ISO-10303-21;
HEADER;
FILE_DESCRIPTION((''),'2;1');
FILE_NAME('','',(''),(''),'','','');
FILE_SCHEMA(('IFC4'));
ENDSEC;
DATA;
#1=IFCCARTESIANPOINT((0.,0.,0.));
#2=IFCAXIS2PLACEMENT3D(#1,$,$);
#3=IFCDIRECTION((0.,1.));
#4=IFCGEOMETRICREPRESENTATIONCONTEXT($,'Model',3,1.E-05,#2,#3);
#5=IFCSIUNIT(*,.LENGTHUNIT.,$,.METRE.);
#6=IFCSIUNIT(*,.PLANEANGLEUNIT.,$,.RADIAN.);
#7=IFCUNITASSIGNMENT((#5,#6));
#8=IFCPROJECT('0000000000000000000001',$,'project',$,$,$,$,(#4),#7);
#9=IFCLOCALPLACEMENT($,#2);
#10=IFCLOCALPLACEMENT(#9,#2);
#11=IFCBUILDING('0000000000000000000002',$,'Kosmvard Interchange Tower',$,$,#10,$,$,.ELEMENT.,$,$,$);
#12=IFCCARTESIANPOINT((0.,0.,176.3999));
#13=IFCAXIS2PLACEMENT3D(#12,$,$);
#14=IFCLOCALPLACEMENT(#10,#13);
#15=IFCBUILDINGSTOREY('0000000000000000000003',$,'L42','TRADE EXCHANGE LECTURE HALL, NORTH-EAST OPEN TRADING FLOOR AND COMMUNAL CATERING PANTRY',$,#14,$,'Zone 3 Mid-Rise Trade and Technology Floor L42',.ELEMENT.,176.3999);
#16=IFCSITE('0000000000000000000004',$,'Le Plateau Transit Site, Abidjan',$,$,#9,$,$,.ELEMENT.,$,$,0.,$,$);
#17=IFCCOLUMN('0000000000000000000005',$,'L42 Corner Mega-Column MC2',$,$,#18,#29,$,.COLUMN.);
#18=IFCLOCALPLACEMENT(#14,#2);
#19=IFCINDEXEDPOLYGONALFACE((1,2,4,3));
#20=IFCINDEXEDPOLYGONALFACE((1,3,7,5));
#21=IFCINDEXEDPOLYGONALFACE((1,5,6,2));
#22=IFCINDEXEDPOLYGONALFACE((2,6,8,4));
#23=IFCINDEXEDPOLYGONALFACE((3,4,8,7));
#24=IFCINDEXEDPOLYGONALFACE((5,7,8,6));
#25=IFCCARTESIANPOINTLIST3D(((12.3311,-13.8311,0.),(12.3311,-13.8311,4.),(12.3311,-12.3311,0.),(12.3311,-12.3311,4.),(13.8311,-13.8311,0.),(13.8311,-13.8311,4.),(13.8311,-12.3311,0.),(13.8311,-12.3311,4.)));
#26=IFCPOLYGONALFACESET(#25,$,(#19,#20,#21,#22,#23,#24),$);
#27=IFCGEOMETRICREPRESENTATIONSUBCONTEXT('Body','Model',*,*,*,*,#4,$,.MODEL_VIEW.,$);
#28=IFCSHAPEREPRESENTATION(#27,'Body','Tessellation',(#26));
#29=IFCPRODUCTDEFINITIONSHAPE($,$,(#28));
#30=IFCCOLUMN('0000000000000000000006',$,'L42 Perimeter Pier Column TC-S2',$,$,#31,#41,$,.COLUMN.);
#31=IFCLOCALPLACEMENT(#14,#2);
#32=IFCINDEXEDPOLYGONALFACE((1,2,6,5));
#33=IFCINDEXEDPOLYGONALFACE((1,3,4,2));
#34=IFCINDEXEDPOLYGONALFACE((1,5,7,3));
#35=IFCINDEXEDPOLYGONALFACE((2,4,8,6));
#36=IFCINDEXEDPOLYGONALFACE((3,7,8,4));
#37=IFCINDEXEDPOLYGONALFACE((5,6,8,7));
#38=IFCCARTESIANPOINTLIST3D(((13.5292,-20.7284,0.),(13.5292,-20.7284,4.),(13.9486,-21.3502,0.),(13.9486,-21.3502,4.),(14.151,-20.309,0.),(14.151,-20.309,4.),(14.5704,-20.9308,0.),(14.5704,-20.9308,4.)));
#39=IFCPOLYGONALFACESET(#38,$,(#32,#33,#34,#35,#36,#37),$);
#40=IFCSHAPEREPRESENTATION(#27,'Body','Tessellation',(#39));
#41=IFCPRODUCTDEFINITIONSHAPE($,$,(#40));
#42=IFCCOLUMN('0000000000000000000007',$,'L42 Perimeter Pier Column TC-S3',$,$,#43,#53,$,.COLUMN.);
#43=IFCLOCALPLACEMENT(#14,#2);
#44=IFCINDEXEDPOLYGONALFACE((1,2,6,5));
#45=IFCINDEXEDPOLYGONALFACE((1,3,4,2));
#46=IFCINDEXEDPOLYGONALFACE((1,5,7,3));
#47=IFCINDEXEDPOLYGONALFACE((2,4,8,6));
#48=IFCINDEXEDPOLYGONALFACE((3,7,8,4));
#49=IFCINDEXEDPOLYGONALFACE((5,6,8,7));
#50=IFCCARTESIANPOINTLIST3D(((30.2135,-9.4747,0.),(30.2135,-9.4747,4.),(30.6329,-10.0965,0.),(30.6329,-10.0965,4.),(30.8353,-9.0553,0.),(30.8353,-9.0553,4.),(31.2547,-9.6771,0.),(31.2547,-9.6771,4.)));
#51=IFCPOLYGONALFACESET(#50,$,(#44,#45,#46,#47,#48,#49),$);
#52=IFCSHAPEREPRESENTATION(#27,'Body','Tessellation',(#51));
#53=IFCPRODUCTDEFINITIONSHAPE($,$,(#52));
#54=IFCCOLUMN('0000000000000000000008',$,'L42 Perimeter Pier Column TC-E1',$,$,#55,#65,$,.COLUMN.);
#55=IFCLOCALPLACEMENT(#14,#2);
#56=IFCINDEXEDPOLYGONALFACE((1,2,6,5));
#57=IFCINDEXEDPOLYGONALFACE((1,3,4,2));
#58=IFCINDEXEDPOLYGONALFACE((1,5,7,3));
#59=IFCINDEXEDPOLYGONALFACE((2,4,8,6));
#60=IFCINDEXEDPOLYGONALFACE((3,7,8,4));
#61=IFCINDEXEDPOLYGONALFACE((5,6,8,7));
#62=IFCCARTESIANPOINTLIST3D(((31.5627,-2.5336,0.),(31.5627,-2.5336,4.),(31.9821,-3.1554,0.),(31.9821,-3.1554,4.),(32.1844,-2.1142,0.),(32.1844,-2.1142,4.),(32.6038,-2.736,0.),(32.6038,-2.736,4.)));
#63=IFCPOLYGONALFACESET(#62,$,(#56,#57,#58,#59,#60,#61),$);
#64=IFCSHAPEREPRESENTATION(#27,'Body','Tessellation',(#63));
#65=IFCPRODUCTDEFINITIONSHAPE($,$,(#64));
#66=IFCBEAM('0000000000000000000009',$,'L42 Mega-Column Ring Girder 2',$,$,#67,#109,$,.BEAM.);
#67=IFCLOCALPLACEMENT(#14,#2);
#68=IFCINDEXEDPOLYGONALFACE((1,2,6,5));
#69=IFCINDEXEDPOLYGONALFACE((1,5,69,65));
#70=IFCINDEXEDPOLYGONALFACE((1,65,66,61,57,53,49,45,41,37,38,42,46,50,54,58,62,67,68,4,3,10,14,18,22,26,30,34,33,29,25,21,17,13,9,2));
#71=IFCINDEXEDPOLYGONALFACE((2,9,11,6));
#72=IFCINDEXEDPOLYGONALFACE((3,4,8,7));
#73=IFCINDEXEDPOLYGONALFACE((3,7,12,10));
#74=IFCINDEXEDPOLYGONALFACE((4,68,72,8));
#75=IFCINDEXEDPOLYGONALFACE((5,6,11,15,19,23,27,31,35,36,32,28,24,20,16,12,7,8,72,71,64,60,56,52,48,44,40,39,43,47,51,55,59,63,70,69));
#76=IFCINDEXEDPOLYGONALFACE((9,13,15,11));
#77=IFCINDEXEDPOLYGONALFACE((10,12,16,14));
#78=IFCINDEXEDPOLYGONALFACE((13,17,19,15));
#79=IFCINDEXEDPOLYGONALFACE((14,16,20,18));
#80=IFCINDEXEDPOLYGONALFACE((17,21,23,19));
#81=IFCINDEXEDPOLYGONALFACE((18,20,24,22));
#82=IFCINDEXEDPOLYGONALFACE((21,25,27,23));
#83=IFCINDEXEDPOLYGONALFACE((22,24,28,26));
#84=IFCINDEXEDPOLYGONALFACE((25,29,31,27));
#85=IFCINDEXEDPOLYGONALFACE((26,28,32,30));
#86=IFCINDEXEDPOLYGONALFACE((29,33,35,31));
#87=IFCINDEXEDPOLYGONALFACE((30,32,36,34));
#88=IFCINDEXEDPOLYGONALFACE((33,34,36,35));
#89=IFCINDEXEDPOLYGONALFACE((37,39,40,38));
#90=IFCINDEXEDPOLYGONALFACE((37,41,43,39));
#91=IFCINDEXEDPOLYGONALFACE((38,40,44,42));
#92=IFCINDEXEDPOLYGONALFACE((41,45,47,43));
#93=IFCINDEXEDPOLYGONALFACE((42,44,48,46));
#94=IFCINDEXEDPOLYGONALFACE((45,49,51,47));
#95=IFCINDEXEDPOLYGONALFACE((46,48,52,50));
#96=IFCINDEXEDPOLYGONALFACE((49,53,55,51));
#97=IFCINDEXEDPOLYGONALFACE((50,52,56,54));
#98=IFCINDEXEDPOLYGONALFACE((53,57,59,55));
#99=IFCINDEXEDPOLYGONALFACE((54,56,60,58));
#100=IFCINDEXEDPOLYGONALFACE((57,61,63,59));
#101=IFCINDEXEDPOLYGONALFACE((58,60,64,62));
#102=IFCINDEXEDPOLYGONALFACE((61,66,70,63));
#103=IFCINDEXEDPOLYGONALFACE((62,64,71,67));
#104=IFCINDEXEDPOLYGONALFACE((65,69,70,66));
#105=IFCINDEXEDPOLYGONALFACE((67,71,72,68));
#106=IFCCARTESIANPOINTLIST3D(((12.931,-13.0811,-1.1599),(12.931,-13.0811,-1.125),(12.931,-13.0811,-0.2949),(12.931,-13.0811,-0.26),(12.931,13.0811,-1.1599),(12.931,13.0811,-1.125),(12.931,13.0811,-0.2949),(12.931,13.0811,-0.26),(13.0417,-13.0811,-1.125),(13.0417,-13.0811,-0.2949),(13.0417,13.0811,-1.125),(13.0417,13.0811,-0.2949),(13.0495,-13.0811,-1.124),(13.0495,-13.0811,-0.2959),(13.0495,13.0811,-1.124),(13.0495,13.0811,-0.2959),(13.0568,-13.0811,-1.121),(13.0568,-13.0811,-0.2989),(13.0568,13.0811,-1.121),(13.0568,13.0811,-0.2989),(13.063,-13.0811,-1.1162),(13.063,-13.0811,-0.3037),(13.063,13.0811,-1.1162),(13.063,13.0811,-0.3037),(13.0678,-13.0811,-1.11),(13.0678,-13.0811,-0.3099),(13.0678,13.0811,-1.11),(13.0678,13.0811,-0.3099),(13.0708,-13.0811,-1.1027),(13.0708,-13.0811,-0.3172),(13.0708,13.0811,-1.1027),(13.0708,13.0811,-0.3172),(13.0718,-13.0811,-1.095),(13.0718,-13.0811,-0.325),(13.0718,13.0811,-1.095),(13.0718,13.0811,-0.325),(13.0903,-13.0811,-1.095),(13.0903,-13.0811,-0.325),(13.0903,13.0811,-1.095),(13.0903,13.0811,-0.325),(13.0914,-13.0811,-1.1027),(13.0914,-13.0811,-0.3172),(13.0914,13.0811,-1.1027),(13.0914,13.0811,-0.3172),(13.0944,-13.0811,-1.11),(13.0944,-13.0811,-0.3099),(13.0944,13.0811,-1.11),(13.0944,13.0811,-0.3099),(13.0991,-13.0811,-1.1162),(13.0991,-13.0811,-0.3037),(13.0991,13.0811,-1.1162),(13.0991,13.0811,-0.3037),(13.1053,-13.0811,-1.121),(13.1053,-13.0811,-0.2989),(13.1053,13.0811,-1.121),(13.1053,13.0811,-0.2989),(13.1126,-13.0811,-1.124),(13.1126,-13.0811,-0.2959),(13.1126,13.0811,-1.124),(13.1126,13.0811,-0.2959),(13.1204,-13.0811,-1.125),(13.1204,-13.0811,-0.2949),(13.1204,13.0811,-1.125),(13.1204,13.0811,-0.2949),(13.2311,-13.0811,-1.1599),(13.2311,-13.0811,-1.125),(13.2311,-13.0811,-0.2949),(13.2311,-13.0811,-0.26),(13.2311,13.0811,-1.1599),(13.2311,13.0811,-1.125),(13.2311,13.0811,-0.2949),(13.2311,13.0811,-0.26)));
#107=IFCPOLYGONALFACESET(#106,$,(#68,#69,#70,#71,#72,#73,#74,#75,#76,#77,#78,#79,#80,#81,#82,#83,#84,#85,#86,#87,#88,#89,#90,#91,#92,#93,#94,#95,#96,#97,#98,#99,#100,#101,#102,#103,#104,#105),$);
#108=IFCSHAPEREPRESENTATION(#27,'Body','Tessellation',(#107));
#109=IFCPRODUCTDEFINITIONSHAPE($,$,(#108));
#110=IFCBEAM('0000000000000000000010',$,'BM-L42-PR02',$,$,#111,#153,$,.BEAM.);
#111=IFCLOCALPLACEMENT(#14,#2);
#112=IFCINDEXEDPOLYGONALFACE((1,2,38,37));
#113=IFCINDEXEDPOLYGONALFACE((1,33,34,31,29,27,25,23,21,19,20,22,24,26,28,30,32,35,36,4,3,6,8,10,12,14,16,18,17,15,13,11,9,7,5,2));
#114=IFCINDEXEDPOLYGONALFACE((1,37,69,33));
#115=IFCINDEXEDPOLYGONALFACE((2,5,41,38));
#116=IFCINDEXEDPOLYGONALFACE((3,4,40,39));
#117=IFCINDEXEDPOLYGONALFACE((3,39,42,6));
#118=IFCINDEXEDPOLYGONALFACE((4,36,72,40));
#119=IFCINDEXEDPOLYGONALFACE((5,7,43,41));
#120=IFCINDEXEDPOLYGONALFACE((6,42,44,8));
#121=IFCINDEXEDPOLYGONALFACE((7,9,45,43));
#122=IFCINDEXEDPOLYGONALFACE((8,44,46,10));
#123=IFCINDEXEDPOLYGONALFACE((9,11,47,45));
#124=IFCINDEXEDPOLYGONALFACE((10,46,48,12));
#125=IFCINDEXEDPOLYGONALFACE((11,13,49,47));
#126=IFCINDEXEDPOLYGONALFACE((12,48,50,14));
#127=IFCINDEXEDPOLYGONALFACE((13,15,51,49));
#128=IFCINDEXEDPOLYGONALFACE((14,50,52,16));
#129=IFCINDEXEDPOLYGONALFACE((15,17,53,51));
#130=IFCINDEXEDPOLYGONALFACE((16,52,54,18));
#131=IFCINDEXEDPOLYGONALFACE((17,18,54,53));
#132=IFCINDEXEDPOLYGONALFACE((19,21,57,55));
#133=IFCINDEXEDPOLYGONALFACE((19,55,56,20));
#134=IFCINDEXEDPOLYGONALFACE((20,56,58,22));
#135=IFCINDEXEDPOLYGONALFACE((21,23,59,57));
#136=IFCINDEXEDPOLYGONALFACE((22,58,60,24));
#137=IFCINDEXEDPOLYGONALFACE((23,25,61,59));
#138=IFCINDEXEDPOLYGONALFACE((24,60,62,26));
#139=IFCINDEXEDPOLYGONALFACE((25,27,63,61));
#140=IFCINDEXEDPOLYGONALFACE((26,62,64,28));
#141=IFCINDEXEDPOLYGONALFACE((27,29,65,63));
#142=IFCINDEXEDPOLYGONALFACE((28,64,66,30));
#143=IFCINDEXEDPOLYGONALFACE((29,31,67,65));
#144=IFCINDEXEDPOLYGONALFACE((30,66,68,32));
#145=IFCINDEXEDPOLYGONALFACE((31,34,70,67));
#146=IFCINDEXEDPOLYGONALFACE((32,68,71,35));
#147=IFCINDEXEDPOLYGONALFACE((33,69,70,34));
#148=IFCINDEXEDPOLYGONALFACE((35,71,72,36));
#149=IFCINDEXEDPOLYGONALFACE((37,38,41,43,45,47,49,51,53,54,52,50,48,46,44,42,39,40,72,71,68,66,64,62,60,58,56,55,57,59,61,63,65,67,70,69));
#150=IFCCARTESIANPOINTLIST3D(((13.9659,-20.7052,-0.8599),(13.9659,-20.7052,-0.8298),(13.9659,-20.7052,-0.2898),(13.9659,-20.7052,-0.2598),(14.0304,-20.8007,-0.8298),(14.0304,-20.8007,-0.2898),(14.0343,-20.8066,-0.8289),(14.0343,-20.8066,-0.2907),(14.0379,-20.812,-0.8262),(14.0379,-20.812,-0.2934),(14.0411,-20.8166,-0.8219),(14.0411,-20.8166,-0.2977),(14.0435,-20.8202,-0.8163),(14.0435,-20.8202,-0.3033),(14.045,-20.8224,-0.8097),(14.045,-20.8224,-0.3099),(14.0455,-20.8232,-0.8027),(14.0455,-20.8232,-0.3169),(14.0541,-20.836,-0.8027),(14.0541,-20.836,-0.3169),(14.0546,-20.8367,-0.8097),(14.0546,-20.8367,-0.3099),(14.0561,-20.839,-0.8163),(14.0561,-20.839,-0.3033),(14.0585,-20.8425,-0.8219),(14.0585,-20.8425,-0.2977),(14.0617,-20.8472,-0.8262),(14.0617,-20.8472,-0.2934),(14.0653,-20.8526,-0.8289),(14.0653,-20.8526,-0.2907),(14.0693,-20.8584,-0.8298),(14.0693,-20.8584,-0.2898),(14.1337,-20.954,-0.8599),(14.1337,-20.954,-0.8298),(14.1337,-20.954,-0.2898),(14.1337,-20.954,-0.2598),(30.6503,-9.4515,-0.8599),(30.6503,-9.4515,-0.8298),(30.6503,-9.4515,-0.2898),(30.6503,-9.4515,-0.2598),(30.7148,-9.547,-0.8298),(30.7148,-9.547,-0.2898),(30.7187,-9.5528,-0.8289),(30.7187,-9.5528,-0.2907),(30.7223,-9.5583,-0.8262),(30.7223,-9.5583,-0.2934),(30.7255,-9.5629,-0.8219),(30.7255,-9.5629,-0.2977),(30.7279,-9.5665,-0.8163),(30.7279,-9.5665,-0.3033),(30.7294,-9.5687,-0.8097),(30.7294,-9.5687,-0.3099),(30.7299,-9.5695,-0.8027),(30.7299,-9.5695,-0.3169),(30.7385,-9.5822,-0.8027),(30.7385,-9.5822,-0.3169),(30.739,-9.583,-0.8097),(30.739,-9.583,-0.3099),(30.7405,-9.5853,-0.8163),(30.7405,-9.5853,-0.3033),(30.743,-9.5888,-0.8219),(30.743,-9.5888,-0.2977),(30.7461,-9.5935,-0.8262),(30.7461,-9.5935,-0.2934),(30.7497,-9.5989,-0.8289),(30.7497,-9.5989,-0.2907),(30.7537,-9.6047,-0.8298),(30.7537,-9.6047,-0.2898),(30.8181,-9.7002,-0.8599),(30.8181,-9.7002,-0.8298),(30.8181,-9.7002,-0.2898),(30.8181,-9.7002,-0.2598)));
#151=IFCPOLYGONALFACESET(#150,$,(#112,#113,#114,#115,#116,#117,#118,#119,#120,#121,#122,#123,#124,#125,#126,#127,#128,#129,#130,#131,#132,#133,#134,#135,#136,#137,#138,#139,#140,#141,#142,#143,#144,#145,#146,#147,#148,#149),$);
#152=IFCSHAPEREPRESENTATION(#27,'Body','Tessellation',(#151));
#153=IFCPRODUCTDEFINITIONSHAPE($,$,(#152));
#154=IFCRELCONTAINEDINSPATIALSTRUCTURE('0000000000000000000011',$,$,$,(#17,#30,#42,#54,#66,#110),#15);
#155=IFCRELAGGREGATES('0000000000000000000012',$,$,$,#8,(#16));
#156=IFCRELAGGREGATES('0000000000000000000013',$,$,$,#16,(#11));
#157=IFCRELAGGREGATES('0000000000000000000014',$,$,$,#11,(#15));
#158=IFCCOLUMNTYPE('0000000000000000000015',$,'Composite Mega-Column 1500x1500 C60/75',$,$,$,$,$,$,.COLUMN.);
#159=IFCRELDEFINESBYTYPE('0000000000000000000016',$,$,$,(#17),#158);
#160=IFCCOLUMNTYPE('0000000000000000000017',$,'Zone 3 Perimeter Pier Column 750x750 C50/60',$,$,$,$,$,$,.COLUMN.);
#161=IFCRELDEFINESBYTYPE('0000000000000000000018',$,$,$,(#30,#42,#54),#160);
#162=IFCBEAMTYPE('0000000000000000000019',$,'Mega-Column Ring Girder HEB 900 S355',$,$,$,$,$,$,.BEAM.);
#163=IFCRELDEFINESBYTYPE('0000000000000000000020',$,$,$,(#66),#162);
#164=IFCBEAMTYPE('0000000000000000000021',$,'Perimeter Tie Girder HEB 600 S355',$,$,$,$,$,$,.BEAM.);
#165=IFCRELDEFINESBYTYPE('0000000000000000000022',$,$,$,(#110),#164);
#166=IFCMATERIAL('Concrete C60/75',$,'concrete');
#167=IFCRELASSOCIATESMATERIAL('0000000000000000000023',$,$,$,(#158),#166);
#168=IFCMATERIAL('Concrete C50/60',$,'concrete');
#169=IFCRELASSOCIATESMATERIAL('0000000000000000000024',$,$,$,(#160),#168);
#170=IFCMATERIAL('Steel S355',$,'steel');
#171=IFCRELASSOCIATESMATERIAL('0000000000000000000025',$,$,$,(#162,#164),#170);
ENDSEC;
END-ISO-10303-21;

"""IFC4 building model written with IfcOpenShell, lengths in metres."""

from ifc_helpers import new_model, si_unit, direction, frame, origin, origin_2d, place, context, subcontext, project, spatial, rectangle, i_section, extrude, source, transform, mapped, material, material_profile, profile_set, type_object, element, save


model = new_model("IFC4")

# Units and contexts
model_context = context("Model", 3, precision=1e-05, world=origin(), true_north=direction((0.0, 1.0)))
body_context = subcontext(model_context, "Body", "Model", "MODEL_VIEW")
ifc_project = project(units=[si_unit("LENGTHUNIT", "METRE"), si_unit("PLANEANGLEUNIT", "RADIAN")], contexts=[model_context])

# Site, building, storey
site_placement = place(None, origin())
site = spatial("IfcSite", under=ifc_project, at=site_placement, Name="Le Plateau Transit Site, Abidjan", CompositionType="ELEMENT", RefElevation=0.0)
building_placement = place(site_placement, origin())
building = spatial("IfcBuilding", under=site, at=building_placement, Name="Kosmvard Interchange Tower", CompositionType="ELEMENT")
storey_placement = place(building_placement, frame((0.0, 0.0, 176.3999)))
storey = spatial("IfcBuildingStorey", under=building, at=storey_placement, Name="L42", Description="TRADE EXCHANGE LECTURE HALL, NORTH-EAST OPEN TRADING FLOOR AND COMMUNAL CATERING PANTRY", LongName="Zone 3 Mid-Rise Trade and Technology Floor L42", CompositionType="ELEMENT", Elevation=176.3999)

# Columns
ifc_material_1 = material(Name="Concrete C60/75", Category="concrete")
ifc_material_profile_1 = material_profile(ifc_material_1, rectangle(XDim=1.5, YDim=1.5, at=origin_2d()), Name="MC 1500x1500")
ifc_profile_set_1 = profile_set([ifc_material_profile_1], Name="Concrete C60/75")
column_type_1 = type_object("IfcColumnType", Name="Composite Mega-Column 1500x1500 C60/75", PredefinedType="COLUMN", material=ifc_profile_set_1)
shared_shape_1 = source(origin(), body_context, "Body", "SweptSolid", [
    extrude(rectangle(XDim=1.5, YDim=1.5, at=origin_2d()), origin(), (0.0, 0.0, 1.0), 4.0),
])
column_placement = place(storey_placement, frame((13.0811, -13.0811, 0.0), z_axis=(0.0, 0.0, 1.0), x_axis=(1.0, 0.0, 0.0)))
element("IfcColumn", 1, at=column_placement, inside=storey, type_object=column_type_1, Name="L42 Corner Mega-Column MC2", PredefinedType="COLUMN", context=body_context, shape_type="MappedRepresentation", body=[
    mapped(shared_shape_1, transform((0.0, 0.0, 0.0), scale=1.0)),
])
ifc_material_2 = material(Name="Concrete C50/60", Category="concrete")
ifc_material_profile_2 = material_profile(ifc_material_2, rectangle(XDim=0.75, YDim=0.75, at=origin_2d()), Name="TC 750x750")
ifc_profile_set_2 = profile_set([ifc_material_profile_2], Name="Concrete C50/60")
column_type_2 = type_object("IfcColumnType", Name="Zone 3 Perimeter Pier Column 750x750 C50/60", PredefinedType="COLUMN", material=ifc_profile_set_2)
shared_shape_2 = source(origin(), body_context, "Body", "SweptSolid", [
    extrude(rectangle(XDim=0.75, YDim=0.75, at=origin_2d()), origin(), (0.0, 0.0, 1.0), 4.0),
])
for number, where, z_axis, x_axis, name in (
    (2, (14.0498, -20.8296, 0.0), (0.0, 0.0, 1.0), (0.829038, 0.559193, 0.0), "L42 Perimeter Pier Column TC-S2"),
    (3, (30.7341, -9.5759, 0.0), (0.0, 0.0, 1.0), (0.829038, 0.559193, 0.0), "L42 Perimeter Pier Column TC-S3"),
    (4, (32.0833, -2.6348, 0.0), (0.0, 0.0, 1.0), (0.829038, 0.559193, 0.0), "L42 Perimeter Pier Column TC-E1"),
):
    element("IfcColumn", number, at=place(storey_placement, frame(where, z_axis=z_axis, x_axis=x_axis)), inside=storey, type_object=column_type_2, Name=name, PredefinedType="COLUMN", context=body_context, shape_type="MappedRepresentation", body=[
        mapped(shared_shape_2, transform((0.0, 0.0, 0.0), scale=1.0)),
    ])

# Beams
ifc_material_3 = material(Name="Steel S355", Category="steel")
ifc_material_profile_3 = material_profile(ifc_material_3, i_section(OverallWidth=0.3, OverallDepth=0.8999, WebThickness=0.0186, FlangeThickness=0.0349, FilletRadius=0.03, at=origin_2d()), Name="HEB 900")
ifc_profile_set_3 = profile_set([ifc_material_profile_3], Name="Steel S355")
beam_type_1 = type_object("IfcBeamType", Name="Mega-Column Ring Girder HEB 900 S355", PredefinedType="BEAM", material=ifc_profile_set_3)
shared_shape_3 = source(origin(), body_context, "Body", "SweptSolid", [
    extrude(i_section(OverallWidth=0.3, OverallDepth=0.8999, WebThickness=0.0186, FlangeThickness=0.0349, FilletRadius=0.03, at=origin_2d()), origin(), (0.0, 0.0, 1.0), 26.1621),
])
beam_1_placement = place(storey_placement, frame((13.0811, -13.0811, -0.71), z_axis=(0.0, 1.0, 0.0), x_axis=(-1.0, 0.0, 0.0)))
element("IfcBeam", 5, at=beam_1_placement, inside=storey, type_object=beam_type_1, Name="L42 Mega-Column Ring Girder 2", PredefinedType="BEAM", context=body_context, shape_type="MappedRepresentation", body=[
    mapped(shared_shape_3, transform((0.0, 0.0, 0.0), scale=1.0)),
])
ifc_material_profile_4 = material_profile(ifc_material_3, i_section(OverallWidth=0.3, OverallDepth=0.6001, WebThickness=0.0154, FlangeThickness=0.03, FilletRadius=0.0271, at=origin_2d()), Name="HEB 600")
ifc_profile_set_4 = profile_set([ifc_material_profile_4], Name="Steel S355")
beam_type_2 = type_object("IfcBeamType", Name="Perimeter Tie Girder HEB 600 S355", PredefinedType="BEAM", material=ifc_profile_set_4)
shared_shape_4 = source(origin(), body_context, "Body", "SweptSolid", [
    extrude(i_section(OverallWidth=0.3, OverallDepth=0.6001, WebThickness=0.0154, FlangeThickness=0.03, FilletRadius=0.0271, at=origin_2d()), origin(), (0.0, 0.0, 1.0), 20.125),
])
for number, where, z_axis, x_axis, name in (
    (6, (14.0498, -20.8296, -0.5598), (0.829039, 0.559191, 0.0), (-0.559191, 0.829039, 0.0), "BM-L42-PR02"),
):
    element("IfcBeam", number, at=place(storey_placement, frame(where, z_axis=z_axis, x_axis=x_axis)), inside=storey, type_object=beam_type_2, Name=name, PredefinedType="BEAM", context=body_context, shape_type="MappedRepresentation", body=[
        mapped(shared_shape_4, transform((0.0, 0.0, 0.0), scale=1.0)),
    ])

save(model, "model.ifc")
